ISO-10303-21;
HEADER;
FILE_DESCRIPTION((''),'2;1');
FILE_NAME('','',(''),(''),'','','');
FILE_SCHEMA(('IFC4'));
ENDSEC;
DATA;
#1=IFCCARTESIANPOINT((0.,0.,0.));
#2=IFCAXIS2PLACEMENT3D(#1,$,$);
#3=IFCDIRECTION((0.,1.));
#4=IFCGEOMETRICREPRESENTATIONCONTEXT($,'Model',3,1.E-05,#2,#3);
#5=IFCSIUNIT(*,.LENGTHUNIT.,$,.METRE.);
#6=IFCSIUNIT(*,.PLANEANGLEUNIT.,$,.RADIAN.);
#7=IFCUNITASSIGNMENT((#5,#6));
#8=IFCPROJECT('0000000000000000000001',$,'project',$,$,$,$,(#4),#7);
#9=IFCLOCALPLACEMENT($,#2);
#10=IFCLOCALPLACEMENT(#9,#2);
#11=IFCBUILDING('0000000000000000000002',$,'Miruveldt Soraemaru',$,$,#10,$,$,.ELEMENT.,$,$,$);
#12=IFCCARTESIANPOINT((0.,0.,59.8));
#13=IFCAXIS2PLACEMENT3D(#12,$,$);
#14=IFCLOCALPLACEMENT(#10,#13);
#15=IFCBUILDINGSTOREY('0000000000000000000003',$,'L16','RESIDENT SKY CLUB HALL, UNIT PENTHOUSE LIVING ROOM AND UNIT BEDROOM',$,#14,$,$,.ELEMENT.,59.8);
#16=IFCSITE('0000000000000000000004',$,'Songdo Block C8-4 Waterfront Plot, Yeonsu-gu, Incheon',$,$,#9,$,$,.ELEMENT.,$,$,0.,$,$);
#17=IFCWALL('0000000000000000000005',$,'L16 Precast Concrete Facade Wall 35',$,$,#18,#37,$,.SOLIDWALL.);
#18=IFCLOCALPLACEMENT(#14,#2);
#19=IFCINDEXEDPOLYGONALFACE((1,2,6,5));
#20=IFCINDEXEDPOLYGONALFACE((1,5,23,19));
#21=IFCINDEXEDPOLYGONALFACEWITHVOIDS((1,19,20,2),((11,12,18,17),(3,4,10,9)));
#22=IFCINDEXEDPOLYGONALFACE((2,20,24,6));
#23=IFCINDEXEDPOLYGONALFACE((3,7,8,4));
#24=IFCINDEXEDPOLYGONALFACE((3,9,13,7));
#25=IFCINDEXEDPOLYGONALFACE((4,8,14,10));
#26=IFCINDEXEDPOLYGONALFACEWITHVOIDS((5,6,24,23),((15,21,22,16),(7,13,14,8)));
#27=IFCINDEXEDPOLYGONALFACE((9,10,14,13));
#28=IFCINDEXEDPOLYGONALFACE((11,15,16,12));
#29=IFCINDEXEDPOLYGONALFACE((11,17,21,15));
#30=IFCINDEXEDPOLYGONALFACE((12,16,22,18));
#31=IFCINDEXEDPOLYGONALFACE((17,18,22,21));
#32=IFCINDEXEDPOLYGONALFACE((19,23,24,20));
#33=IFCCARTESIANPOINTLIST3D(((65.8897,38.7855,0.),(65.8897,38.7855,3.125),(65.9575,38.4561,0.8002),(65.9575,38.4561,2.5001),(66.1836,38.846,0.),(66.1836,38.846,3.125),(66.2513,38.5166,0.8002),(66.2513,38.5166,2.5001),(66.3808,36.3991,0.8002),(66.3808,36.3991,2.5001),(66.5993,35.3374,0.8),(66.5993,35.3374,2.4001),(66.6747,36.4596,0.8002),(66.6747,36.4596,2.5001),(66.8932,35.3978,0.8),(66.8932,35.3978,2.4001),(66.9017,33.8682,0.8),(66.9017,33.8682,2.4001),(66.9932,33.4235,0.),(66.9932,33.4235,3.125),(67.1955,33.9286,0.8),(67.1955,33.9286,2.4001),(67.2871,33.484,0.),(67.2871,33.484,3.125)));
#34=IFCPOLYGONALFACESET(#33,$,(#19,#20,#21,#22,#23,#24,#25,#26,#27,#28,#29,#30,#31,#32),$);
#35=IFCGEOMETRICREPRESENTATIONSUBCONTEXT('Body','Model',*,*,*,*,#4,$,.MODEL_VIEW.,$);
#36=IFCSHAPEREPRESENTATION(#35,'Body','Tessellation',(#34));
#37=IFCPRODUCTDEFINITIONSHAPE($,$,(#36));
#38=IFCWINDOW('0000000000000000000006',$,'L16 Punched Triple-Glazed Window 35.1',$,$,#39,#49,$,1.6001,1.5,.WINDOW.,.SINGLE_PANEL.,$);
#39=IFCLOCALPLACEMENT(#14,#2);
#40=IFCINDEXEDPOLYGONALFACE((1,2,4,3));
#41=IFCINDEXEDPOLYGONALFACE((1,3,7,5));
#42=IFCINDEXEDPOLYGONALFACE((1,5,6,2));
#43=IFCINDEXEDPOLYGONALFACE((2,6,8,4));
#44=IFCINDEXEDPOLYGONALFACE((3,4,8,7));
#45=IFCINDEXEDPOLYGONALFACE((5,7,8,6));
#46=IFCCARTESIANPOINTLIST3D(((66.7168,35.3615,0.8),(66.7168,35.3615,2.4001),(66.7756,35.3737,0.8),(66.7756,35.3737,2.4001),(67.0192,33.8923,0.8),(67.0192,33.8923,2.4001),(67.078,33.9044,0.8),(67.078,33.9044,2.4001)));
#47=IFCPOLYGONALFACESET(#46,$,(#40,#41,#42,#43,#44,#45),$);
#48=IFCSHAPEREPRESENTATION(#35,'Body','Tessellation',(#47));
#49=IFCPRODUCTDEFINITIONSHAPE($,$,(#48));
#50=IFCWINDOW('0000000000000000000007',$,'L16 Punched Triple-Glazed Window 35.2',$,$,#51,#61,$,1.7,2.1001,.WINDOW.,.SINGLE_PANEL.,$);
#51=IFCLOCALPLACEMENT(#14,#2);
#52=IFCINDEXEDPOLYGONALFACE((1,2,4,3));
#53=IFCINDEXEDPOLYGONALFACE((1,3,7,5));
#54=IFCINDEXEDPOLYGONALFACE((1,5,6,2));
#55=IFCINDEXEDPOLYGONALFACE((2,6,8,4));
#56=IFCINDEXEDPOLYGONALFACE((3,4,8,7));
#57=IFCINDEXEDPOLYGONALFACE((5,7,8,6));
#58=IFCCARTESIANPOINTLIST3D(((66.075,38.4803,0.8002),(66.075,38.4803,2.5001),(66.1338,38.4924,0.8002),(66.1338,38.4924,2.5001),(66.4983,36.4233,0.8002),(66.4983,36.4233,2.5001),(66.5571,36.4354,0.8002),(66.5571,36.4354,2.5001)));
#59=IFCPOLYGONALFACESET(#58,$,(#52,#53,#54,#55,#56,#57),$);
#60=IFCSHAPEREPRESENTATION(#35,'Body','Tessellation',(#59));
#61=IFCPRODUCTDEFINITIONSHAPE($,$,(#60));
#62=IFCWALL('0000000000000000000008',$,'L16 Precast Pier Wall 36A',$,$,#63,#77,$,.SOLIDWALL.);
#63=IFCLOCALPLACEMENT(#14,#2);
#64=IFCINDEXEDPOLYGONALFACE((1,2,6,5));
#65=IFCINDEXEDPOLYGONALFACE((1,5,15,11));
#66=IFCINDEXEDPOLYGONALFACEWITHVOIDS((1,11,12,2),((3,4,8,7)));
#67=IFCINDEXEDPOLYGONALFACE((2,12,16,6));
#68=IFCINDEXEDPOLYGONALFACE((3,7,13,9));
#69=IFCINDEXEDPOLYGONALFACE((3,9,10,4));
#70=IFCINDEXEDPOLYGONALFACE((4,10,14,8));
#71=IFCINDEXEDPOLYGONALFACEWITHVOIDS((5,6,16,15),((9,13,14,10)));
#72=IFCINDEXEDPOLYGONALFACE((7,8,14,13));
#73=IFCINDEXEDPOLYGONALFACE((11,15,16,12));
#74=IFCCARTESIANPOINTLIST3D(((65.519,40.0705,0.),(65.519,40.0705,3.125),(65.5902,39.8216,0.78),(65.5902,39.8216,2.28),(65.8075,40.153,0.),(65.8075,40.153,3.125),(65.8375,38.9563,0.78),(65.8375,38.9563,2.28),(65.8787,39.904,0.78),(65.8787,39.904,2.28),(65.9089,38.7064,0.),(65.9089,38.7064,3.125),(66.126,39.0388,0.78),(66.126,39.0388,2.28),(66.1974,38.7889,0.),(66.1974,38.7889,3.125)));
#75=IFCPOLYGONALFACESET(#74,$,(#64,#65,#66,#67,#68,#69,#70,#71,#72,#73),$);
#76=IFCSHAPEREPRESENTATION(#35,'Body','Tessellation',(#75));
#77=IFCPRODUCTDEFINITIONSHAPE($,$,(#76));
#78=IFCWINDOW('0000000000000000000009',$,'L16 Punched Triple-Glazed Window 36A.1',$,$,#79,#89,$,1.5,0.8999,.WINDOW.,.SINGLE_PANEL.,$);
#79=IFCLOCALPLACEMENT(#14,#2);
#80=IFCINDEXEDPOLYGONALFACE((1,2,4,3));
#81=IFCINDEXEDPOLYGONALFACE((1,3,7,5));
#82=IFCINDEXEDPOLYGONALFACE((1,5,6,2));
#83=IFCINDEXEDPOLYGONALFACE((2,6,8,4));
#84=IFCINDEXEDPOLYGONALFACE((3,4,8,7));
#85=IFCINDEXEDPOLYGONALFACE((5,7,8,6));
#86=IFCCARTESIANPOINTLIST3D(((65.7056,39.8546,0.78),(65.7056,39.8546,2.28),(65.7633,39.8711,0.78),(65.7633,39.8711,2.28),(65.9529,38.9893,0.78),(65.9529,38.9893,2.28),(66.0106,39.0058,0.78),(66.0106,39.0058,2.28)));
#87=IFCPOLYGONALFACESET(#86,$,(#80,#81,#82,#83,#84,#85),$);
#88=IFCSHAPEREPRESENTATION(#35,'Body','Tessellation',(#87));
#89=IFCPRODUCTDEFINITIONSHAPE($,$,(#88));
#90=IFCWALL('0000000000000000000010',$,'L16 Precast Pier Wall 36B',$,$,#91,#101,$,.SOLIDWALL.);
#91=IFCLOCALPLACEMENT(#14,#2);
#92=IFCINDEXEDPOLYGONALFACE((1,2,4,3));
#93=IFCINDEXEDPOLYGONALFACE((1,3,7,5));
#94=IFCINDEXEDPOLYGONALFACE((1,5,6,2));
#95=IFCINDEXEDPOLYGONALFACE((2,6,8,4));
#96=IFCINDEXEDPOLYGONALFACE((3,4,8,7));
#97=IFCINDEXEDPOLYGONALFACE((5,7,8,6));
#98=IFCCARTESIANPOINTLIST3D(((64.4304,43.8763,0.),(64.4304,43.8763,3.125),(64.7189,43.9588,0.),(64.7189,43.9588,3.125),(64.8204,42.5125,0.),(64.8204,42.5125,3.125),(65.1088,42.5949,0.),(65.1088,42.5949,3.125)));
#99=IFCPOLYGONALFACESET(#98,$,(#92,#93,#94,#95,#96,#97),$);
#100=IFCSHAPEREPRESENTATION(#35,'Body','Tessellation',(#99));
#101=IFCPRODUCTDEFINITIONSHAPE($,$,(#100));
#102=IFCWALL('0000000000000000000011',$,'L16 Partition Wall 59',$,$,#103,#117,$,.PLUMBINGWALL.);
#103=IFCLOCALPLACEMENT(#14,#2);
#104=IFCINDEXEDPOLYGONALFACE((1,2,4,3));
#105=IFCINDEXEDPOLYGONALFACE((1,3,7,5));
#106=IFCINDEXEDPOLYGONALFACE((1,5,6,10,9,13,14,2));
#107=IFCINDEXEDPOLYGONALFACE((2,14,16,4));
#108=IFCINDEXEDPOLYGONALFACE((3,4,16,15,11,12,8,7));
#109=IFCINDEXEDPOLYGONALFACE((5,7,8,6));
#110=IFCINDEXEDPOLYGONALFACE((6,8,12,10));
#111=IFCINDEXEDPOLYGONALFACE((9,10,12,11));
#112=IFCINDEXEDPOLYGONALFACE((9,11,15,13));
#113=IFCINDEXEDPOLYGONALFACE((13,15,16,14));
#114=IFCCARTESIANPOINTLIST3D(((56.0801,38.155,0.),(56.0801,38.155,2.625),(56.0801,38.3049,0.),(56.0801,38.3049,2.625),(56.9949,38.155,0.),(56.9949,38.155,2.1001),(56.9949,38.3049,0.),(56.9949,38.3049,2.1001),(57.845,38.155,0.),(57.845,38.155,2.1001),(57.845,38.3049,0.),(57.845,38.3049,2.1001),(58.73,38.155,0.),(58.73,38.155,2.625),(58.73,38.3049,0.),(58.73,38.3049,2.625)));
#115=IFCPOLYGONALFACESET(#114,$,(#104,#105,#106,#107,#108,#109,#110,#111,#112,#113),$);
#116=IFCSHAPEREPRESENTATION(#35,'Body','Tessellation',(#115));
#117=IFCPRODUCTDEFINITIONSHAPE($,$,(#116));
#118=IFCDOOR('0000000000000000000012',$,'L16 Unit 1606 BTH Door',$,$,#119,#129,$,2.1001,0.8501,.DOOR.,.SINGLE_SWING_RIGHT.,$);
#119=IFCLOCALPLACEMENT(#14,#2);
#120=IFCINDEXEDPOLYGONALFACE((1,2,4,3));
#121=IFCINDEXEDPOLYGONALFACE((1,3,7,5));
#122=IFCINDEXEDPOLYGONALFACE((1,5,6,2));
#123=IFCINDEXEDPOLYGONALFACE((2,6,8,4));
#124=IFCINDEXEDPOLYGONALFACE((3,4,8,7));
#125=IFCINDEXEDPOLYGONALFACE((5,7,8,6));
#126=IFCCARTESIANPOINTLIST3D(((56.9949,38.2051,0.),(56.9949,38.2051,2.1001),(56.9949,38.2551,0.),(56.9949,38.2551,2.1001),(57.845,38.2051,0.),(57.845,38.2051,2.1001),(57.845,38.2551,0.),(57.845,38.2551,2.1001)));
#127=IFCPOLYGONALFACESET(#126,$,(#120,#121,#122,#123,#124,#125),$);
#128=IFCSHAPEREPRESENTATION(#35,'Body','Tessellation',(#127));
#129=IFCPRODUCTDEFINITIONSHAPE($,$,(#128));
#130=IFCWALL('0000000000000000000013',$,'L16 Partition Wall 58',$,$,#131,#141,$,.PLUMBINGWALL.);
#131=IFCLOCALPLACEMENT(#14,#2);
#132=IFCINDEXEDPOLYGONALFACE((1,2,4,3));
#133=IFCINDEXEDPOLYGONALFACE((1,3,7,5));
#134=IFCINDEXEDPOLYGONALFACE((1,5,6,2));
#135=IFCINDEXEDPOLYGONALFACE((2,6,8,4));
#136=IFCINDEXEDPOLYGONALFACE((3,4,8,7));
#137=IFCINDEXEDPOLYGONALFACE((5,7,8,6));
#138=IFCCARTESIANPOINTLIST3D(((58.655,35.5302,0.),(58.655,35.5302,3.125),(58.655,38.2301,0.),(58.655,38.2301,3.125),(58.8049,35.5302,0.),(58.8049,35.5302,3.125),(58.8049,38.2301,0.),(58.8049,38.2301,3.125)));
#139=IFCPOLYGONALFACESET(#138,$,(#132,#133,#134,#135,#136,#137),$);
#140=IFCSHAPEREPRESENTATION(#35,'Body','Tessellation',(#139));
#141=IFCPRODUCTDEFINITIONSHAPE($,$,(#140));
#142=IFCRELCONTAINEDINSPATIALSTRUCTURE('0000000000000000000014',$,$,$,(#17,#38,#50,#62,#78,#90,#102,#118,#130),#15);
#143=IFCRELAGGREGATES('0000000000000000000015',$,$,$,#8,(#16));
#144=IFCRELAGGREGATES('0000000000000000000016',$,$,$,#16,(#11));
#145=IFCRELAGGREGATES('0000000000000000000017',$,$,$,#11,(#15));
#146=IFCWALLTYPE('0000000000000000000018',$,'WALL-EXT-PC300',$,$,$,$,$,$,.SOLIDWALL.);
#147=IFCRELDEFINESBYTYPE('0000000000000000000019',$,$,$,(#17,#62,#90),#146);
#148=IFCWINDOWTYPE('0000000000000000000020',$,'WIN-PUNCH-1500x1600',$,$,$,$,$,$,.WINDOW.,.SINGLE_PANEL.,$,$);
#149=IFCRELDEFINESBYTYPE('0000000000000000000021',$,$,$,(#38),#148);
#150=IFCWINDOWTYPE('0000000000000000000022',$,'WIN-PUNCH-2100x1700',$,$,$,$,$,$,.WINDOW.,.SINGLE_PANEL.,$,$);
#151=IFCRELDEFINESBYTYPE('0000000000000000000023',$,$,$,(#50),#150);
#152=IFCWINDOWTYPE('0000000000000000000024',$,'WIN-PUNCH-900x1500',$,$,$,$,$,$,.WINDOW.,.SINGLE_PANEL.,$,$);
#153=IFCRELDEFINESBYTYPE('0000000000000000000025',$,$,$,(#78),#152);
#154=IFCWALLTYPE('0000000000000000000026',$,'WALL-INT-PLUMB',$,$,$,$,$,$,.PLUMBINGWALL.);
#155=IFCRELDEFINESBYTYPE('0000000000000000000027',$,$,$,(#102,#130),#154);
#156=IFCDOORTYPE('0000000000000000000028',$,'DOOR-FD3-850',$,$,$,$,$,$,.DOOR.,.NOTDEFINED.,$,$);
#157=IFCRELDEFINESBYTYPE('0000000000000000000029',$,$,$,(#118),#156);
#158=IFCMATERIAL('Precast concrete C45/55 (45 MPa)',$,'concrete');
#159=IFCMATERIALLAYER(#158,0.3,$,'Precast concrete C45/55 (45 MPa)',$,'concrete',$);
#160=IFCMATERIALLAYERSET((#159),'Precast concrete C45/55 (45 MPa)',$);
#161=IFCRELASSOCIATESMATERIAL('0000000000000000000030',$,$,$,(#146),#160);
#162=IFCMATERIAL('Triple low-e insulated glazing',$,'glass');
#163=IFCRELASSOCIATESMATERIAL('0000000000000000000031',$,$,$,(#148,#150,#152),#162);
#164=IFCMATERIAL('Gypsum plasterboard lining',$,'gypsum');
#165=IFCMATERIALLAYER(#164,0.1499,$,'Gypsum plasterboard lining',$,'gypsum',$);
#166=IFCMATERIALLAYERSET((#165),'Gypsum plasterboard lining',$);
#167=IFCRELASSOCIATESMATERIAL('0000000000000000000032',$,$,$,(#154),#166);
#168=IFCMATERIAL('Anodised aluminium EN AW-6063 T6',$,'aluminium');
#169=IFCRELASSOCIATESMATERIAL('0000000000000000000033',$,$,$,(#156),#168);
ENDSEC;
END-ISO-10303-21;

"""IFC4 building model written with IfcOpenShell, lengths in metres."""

from ifc_helpers import new_model, si_unit, direction, frame, frame_2d, origin, place, context, subcontext, project, spatial, rectangle, extrude, material, layer, layer_set, type_object, element, fill, save


model = new_model("IFC4")

# Units and contexts
model_context = context("Model", 3, precision=1e-05, world=origin(), true_north=direction((0.0, 1.0)))
body_context = subcontext(model_context, "Body", "Model", "MODEL_VIEW")
ifc_project = project(units=[si_unit("LENGTHUNIT", "METRE"), si_unit("PLANEANGLEUNIT", "RADIAN")], contexts=[model_context])

# Site, building, storey
site_placement = place(None, origin())
site = spatial("IfcSite", under=ifc_project, at=site_placement, Name="Songdo Block C8-4 Waterfront Plot, Yeonsu-gu, Incheon", CompositionType="ELEMENT", RefElevation=0.0)
building_placement = place(site_placement, origin())
building = spatial("IfcBuilding", under=site, at=building_placement, Name="Miruveldt Soraemaru", CompositionType="ELEMENT")
storey_placement = place(building_placement, frame((0.0, 0.0, 59.8)))
storey = spatial("IfcBuildingStorey", under=building, at=storey_placement, Name="L16", Description="RESIDENT SKY CLUB HALL, UNIT PENTHOUSE LIVING ROOM AND UNIT BEDROOM", CompositionType="ELEMENT", Elevation=59.8)

# Shared definitions
ifc_material_1 = material(Name="Triple low-e insulated glazing", Category="glass")

# Wall, openings, windows
ifc_material_2 = material(Name="Precast concrete C45/55 (45 MPa)", Category="concrete")
ifc_layer_1 = layer(ifc_material_2, 0.3, Name="Precast concrete C45/55 (45 MPa)", Category="concrete")
ifc_layer_set_1 = layer_set([ifc_layer_1], Name="Precast concrete C45/55 (45 MPa)")
wall_type_1 = type_object("IfcWallType", Name="WALL-EXT-PC300", PredefinedType="SOLIDWALL", material=ifc_layer_set_1)
wall_1_placement = place(storey_placement, frame((67.1401, 33.4536, 0.0), z_axis=(0.0, 0.0, 1.0), x_axis=(-0.201576, 0.979473, 0.0)))
wall_1 = element("IfcWall", 1, at=wall_1_placement, inside=storey, type_object=wall_type_1, Name="L16 Precast Concrete Facade Wall 35", PredefinedType="SOLIDWALL", context=body_context, shape_type="SweptSolid", body=[
    extrude(rectangle(XDim=5.4744, YDim=0.3, at=frame_2d((2.7373, 0.0))), origin(), (0.0, 0.0, 1.0), 3.125),
])
opening_1_placement = place(wall_1_placement, frame((0.4541, 0.0, 0.8)))
opening_1 = element("IfcOpeningElement", 2, at=opening_1_placement, cuts=wall_1, PredefinedType="OPENING", context=body_context, shape_type="SweptSolid", body=[
    extrude(rectangle(XDim=1.5, YDim=1.6001, at=frame_2d((0.75, 0.8))), frame((0.0, 0.1602, 0.0), z_axis=(0.0, -1.0, 0.0), x_axis=(1.0, 0.0, 0.0)), (0.0, 0.0, 1.0), 0.3201),
])
opening_2_placement = place(wall_1_placement, frame((3.0381, 0.0, 0.8)))
opening_2 = element("IfcOpeningElement", 3, at=opening_2_placement, cuts=wall_1, PredefinedType="OPENING", context=body_context, shape_type="SweptSolid", body=[
    extrude(rectangle(XDim=2.1001, YDim=1.7, at=frame_2d((1.05, 0.8501))), frame((0.0, 0.1602, 0.0), z_axis=(0.0, -1.0, 0.0), x_axis=(1.0, 0.0, 0.0)), (0.0, 0.0, 1.0), 0.3201),
])
window_type_1 = type_object("IfcWindowType", Name="WIN-PUNCH-1500x1600", PartitioningType="SINGLE_PANEL", PredefinedType="WINDOW", material=ifc_material_1)
window_1_placement = place(opening_1_placement, origin())
window_1 = element("IfcWindow", 4, at=window_1_placement, inside=storey, type_object=window_type_1, Name="L16 Punched Triple-Glazed Window 35.1", OverallHeight=1.6001, OverallWidth=1.5, PartitioningType="SINGLE_PANEL", PredefinedType="WINDOW", context=body_context, shape_type="SweptSolid", body=[
    extrude(rectangle(XDim=1.5, YDim=1.6001, at=frame_2d((0.75, 0.8))), frame((0.0, 0.03, 0.0), z_axis=(0.0, -1.0, 0.0), x_axis=(1.0, 0.0, 0.0)), (0.0, 0.0, 1.0), 0.0601),
])
fill(opening_1, window_1)
window_type_2 = type_object("IfcWindowType", Name="WIN-PUNCH-2100x1700", PartitioningType="SINGLE_PANEL", PredefinedType="WINDOW", material=ifc_material_1)
window_2_placement = place(opening_2_placement, origin())
window_2 = element("IfcWindow", 5, at=window_2_placement, inside=storey, type_object=window_type_2, Name="L16 Punched Triple-Glazed Window 35.2", OverallHeight=1.7, OverallWidth=2.1001, PartitioningType="SINGLE_PANEL", PredefinedType="WINDOW", context=body_context, shape_type="SweptSolid", body=[
    extrude(rectangle(XDim=2.1001, YDim=1.7, at=frame_2d((1.05, 0.8501))), frame((0.0, 0.03, 0.0), z_axis=(0.0, -1.0, 0.0), x_axis=(1.0, 0.0, 0.0)), (0.0, 0.0, 1.0), 0.0601),
])
fill(opening_2, window_2)

# Wall, opening, window
wall_2_placement = place(storey_placement, frame((66.0532, 38.7476, 0.0), z_axis=(0.0, 0.0, 1.0), x_axis=(-0.274835, 0.961491, 0.0)))
wall_2 = element("IfcWall", 6, at=wall_2_placement, inside=storey, type_object=wall_type_1, Name="L16 Precast Pier Wall 36A", PredefinedType="SOLIDWALL", context=body_context, shape_type="SweptSolid", body=[
    extrude(rectangle(XDim=1.4187, YDim=0.3, at=frame_2d((0.7095, 0.0))), origin(), (0.0, 0.0, 1.0), 3.125),
])
opening_3_placement = place(wall_2_placement, frame((0.26, 0.0, 0.78)))
opening_3 = element("IfcOpeningElement", 7, at=opening_3_placement, cuts=wall_2, PredefinedType="OPENING", context=body_context, shape_type="SweptSolid", body=[
    extrude(rectangle(XDim=0.8999, YDim=1.5, at=frame_2d((0.45, 0.75))), frame((0.0, 0.1602, 0.0), z_axis=(0.0, -1.0, 0.0), x_axis=(1.0, 0.0, 0.0)), (0.0, 0.0, 1.0), 0.3201),
])
window_type_3 = type_object("IfcWindowType", Name="WIN-PUNCH-900x1500", PartitioningType="SINGLE_PANEL", PredefinedType="WINDOW", material=ifc_material_1)
window_3_placement = place(opening_3_placement, origin())
window_3 = element("IfcWindow", 8, at=window_3_placement, inside=storey, type_object=window_type_3, Name="L16 Punched Triple-Glazed Window 36A.1", OverallHeight=1.5, OverallWidth=0.8999, PartitioningType="SINGLE_PANEL", PredefinedType="WINDOW", context=body_context, shape_type="SweptSolid", body=[
    extrude(rectangle(XDim=0.8999, YDim=1.5, at=frame_2d((0.45, 0.75))), frame((0.0, 0.03, 0.0), z_axis=(0.0, -1.0, 0.0), x_axis=(1.0, 0.0, 0.0)), (0.0, 0.0, 1.0), 0.0601),
])
fill(opening_3, window_3)

# Wall
wall_3_placement = place(storey_placement, frame((64.9646, 42.5537, 0.0), z_axis=(0.0, 0.0, 1.0), x_axis=(-0.27488, 0.961478, 0.0)))
element("IfcWall", 9, at=wall_3_placement, inside=storey, type_object=wall_type_1, Name="L16 Precast Pier Wall 36B", PredefinedType="SOLIDWALL", context=body_context, shape_type="SweptSolid", body=[
    extrude(rectangle(XDim=1.4185, YDim=0.3, at=frame_2d((0.7092, 0.0))), origin(), (0.0, 0.0, 1.0), 3.125),
])

# Wall, opening, door
ifc_material_3 = material(Name="Gypsum plasterboard lining", Category="gypsum")
ifc_layer_2 = layer(ifc_material_3, 0.1499, Name="Gypsum plasterboard lining", Category="gypsum")
ifc_layer_set_2 = layer_set([ifc_layer_2], Name="Gypsum plasterboard lining")
wall_type_2 = type_object("IfcWallType", Name="WALL-INT-PLUMB", PredefinedType="PLUMBINGWALL", material=ifc_layer_set_2)
wall_4_placement = place(storey_placement, frame((58.73, 38.23, 0.0), z_axis=(0.0, 0.0, 1.0), x_axis=(-1.0, 0.0, 0.0)))
wall_4 = element("IfcWall", 10, at=wall_4_placement, inside=storey, type_object=wall_type_2, Name="L16 Partition Wall 59", PredefinedType="PLUMBINGWALL", context=body_context, shape_type="SweptSolid", body=[
    extrude(rectangle(XDim=2.6499, YDim=0.1499, at=frame_2d((1.325, 0.0))), origin(), (0.0, 0.0, 1.0), 2.625),
])
opening_4_placement = place(wall_4_placement, frame((0.885, 0.0, 0.0)))
opening_4 = element("IfcOpeningElement", 11, at=opening_4_placement, cuts=wall_4, PredefinedType="OPENING", context=body_context, shape_type="SweptSolid", body=[
    extrude(rectangle(XDim=0.8501, YDim=2.1001, at=frame_2d((0.425, 1.05))), frame((0.0, 0.085, 0.0), z_axis=(0.0, -1.0, 0.0), x_axis=(1.0, 0.0, 0.0)), (0.0, 0.0, 1.0), 0.1699),
])
ifc_material_4 = material(Name="Anodised aluminium EN AW-6063 T6", Category="aluminium")
door_type_1 = type_object("IfcDoorType", Name="DOOR-FD3-850", OperationType="NOTDEFINED", PredefinedType="DOOR", material=ifc_material_4)
door_1_placement = place(opening_4_placement, origin())
door_1 = element("IfcDoor", 12, at=door_1_placement, inside=storey, type_object=door_type_1, Name="L16 Unit 1606 BTH Door", OperationType="SINGLE_SWING_RIGHT", OverallHeight=2.1001, OverallWidth=0.8501, PredefinedType="DOOR", context=body_context, shape_type="SweptSolid", body=[
    extrude(rectangle(XDim=0.8501, YDim=2.1001, at=frame_2d((0.425, 1.05))), frame((0.0, 0.0249, 0.0), z_axis=(0.0, -1.0, 0.0), x_axis=(1.0, 0.0, 0.0)), (0.0, 0.0, 1.0), 0.05),
])
fill(opening_4, door_1)

# Wall
wall_5_placement = place(storey_placement, frame((58.73, 35.53, 0.0), z_axis=(0.0, 0.0, 1.0), x_axis=(0.0, 1.0, 0.0)))
element("IfcWall", 13, at=wall_5_placement, inside=storey, type_object=wall_type_2, Name="L16 Partition Wall 58", PredefinedType="PLUMBINGWALL", context=body_context, shape_type="SweptSolid", body=[
    extrude(rectangle(XDim=2.7, YDim=0.1499, at=frame_2d((1.3501, 0.0))), origin(), (0.0, 0.0, 1.0), 3.125),
])

save(model, "model.ifc")
